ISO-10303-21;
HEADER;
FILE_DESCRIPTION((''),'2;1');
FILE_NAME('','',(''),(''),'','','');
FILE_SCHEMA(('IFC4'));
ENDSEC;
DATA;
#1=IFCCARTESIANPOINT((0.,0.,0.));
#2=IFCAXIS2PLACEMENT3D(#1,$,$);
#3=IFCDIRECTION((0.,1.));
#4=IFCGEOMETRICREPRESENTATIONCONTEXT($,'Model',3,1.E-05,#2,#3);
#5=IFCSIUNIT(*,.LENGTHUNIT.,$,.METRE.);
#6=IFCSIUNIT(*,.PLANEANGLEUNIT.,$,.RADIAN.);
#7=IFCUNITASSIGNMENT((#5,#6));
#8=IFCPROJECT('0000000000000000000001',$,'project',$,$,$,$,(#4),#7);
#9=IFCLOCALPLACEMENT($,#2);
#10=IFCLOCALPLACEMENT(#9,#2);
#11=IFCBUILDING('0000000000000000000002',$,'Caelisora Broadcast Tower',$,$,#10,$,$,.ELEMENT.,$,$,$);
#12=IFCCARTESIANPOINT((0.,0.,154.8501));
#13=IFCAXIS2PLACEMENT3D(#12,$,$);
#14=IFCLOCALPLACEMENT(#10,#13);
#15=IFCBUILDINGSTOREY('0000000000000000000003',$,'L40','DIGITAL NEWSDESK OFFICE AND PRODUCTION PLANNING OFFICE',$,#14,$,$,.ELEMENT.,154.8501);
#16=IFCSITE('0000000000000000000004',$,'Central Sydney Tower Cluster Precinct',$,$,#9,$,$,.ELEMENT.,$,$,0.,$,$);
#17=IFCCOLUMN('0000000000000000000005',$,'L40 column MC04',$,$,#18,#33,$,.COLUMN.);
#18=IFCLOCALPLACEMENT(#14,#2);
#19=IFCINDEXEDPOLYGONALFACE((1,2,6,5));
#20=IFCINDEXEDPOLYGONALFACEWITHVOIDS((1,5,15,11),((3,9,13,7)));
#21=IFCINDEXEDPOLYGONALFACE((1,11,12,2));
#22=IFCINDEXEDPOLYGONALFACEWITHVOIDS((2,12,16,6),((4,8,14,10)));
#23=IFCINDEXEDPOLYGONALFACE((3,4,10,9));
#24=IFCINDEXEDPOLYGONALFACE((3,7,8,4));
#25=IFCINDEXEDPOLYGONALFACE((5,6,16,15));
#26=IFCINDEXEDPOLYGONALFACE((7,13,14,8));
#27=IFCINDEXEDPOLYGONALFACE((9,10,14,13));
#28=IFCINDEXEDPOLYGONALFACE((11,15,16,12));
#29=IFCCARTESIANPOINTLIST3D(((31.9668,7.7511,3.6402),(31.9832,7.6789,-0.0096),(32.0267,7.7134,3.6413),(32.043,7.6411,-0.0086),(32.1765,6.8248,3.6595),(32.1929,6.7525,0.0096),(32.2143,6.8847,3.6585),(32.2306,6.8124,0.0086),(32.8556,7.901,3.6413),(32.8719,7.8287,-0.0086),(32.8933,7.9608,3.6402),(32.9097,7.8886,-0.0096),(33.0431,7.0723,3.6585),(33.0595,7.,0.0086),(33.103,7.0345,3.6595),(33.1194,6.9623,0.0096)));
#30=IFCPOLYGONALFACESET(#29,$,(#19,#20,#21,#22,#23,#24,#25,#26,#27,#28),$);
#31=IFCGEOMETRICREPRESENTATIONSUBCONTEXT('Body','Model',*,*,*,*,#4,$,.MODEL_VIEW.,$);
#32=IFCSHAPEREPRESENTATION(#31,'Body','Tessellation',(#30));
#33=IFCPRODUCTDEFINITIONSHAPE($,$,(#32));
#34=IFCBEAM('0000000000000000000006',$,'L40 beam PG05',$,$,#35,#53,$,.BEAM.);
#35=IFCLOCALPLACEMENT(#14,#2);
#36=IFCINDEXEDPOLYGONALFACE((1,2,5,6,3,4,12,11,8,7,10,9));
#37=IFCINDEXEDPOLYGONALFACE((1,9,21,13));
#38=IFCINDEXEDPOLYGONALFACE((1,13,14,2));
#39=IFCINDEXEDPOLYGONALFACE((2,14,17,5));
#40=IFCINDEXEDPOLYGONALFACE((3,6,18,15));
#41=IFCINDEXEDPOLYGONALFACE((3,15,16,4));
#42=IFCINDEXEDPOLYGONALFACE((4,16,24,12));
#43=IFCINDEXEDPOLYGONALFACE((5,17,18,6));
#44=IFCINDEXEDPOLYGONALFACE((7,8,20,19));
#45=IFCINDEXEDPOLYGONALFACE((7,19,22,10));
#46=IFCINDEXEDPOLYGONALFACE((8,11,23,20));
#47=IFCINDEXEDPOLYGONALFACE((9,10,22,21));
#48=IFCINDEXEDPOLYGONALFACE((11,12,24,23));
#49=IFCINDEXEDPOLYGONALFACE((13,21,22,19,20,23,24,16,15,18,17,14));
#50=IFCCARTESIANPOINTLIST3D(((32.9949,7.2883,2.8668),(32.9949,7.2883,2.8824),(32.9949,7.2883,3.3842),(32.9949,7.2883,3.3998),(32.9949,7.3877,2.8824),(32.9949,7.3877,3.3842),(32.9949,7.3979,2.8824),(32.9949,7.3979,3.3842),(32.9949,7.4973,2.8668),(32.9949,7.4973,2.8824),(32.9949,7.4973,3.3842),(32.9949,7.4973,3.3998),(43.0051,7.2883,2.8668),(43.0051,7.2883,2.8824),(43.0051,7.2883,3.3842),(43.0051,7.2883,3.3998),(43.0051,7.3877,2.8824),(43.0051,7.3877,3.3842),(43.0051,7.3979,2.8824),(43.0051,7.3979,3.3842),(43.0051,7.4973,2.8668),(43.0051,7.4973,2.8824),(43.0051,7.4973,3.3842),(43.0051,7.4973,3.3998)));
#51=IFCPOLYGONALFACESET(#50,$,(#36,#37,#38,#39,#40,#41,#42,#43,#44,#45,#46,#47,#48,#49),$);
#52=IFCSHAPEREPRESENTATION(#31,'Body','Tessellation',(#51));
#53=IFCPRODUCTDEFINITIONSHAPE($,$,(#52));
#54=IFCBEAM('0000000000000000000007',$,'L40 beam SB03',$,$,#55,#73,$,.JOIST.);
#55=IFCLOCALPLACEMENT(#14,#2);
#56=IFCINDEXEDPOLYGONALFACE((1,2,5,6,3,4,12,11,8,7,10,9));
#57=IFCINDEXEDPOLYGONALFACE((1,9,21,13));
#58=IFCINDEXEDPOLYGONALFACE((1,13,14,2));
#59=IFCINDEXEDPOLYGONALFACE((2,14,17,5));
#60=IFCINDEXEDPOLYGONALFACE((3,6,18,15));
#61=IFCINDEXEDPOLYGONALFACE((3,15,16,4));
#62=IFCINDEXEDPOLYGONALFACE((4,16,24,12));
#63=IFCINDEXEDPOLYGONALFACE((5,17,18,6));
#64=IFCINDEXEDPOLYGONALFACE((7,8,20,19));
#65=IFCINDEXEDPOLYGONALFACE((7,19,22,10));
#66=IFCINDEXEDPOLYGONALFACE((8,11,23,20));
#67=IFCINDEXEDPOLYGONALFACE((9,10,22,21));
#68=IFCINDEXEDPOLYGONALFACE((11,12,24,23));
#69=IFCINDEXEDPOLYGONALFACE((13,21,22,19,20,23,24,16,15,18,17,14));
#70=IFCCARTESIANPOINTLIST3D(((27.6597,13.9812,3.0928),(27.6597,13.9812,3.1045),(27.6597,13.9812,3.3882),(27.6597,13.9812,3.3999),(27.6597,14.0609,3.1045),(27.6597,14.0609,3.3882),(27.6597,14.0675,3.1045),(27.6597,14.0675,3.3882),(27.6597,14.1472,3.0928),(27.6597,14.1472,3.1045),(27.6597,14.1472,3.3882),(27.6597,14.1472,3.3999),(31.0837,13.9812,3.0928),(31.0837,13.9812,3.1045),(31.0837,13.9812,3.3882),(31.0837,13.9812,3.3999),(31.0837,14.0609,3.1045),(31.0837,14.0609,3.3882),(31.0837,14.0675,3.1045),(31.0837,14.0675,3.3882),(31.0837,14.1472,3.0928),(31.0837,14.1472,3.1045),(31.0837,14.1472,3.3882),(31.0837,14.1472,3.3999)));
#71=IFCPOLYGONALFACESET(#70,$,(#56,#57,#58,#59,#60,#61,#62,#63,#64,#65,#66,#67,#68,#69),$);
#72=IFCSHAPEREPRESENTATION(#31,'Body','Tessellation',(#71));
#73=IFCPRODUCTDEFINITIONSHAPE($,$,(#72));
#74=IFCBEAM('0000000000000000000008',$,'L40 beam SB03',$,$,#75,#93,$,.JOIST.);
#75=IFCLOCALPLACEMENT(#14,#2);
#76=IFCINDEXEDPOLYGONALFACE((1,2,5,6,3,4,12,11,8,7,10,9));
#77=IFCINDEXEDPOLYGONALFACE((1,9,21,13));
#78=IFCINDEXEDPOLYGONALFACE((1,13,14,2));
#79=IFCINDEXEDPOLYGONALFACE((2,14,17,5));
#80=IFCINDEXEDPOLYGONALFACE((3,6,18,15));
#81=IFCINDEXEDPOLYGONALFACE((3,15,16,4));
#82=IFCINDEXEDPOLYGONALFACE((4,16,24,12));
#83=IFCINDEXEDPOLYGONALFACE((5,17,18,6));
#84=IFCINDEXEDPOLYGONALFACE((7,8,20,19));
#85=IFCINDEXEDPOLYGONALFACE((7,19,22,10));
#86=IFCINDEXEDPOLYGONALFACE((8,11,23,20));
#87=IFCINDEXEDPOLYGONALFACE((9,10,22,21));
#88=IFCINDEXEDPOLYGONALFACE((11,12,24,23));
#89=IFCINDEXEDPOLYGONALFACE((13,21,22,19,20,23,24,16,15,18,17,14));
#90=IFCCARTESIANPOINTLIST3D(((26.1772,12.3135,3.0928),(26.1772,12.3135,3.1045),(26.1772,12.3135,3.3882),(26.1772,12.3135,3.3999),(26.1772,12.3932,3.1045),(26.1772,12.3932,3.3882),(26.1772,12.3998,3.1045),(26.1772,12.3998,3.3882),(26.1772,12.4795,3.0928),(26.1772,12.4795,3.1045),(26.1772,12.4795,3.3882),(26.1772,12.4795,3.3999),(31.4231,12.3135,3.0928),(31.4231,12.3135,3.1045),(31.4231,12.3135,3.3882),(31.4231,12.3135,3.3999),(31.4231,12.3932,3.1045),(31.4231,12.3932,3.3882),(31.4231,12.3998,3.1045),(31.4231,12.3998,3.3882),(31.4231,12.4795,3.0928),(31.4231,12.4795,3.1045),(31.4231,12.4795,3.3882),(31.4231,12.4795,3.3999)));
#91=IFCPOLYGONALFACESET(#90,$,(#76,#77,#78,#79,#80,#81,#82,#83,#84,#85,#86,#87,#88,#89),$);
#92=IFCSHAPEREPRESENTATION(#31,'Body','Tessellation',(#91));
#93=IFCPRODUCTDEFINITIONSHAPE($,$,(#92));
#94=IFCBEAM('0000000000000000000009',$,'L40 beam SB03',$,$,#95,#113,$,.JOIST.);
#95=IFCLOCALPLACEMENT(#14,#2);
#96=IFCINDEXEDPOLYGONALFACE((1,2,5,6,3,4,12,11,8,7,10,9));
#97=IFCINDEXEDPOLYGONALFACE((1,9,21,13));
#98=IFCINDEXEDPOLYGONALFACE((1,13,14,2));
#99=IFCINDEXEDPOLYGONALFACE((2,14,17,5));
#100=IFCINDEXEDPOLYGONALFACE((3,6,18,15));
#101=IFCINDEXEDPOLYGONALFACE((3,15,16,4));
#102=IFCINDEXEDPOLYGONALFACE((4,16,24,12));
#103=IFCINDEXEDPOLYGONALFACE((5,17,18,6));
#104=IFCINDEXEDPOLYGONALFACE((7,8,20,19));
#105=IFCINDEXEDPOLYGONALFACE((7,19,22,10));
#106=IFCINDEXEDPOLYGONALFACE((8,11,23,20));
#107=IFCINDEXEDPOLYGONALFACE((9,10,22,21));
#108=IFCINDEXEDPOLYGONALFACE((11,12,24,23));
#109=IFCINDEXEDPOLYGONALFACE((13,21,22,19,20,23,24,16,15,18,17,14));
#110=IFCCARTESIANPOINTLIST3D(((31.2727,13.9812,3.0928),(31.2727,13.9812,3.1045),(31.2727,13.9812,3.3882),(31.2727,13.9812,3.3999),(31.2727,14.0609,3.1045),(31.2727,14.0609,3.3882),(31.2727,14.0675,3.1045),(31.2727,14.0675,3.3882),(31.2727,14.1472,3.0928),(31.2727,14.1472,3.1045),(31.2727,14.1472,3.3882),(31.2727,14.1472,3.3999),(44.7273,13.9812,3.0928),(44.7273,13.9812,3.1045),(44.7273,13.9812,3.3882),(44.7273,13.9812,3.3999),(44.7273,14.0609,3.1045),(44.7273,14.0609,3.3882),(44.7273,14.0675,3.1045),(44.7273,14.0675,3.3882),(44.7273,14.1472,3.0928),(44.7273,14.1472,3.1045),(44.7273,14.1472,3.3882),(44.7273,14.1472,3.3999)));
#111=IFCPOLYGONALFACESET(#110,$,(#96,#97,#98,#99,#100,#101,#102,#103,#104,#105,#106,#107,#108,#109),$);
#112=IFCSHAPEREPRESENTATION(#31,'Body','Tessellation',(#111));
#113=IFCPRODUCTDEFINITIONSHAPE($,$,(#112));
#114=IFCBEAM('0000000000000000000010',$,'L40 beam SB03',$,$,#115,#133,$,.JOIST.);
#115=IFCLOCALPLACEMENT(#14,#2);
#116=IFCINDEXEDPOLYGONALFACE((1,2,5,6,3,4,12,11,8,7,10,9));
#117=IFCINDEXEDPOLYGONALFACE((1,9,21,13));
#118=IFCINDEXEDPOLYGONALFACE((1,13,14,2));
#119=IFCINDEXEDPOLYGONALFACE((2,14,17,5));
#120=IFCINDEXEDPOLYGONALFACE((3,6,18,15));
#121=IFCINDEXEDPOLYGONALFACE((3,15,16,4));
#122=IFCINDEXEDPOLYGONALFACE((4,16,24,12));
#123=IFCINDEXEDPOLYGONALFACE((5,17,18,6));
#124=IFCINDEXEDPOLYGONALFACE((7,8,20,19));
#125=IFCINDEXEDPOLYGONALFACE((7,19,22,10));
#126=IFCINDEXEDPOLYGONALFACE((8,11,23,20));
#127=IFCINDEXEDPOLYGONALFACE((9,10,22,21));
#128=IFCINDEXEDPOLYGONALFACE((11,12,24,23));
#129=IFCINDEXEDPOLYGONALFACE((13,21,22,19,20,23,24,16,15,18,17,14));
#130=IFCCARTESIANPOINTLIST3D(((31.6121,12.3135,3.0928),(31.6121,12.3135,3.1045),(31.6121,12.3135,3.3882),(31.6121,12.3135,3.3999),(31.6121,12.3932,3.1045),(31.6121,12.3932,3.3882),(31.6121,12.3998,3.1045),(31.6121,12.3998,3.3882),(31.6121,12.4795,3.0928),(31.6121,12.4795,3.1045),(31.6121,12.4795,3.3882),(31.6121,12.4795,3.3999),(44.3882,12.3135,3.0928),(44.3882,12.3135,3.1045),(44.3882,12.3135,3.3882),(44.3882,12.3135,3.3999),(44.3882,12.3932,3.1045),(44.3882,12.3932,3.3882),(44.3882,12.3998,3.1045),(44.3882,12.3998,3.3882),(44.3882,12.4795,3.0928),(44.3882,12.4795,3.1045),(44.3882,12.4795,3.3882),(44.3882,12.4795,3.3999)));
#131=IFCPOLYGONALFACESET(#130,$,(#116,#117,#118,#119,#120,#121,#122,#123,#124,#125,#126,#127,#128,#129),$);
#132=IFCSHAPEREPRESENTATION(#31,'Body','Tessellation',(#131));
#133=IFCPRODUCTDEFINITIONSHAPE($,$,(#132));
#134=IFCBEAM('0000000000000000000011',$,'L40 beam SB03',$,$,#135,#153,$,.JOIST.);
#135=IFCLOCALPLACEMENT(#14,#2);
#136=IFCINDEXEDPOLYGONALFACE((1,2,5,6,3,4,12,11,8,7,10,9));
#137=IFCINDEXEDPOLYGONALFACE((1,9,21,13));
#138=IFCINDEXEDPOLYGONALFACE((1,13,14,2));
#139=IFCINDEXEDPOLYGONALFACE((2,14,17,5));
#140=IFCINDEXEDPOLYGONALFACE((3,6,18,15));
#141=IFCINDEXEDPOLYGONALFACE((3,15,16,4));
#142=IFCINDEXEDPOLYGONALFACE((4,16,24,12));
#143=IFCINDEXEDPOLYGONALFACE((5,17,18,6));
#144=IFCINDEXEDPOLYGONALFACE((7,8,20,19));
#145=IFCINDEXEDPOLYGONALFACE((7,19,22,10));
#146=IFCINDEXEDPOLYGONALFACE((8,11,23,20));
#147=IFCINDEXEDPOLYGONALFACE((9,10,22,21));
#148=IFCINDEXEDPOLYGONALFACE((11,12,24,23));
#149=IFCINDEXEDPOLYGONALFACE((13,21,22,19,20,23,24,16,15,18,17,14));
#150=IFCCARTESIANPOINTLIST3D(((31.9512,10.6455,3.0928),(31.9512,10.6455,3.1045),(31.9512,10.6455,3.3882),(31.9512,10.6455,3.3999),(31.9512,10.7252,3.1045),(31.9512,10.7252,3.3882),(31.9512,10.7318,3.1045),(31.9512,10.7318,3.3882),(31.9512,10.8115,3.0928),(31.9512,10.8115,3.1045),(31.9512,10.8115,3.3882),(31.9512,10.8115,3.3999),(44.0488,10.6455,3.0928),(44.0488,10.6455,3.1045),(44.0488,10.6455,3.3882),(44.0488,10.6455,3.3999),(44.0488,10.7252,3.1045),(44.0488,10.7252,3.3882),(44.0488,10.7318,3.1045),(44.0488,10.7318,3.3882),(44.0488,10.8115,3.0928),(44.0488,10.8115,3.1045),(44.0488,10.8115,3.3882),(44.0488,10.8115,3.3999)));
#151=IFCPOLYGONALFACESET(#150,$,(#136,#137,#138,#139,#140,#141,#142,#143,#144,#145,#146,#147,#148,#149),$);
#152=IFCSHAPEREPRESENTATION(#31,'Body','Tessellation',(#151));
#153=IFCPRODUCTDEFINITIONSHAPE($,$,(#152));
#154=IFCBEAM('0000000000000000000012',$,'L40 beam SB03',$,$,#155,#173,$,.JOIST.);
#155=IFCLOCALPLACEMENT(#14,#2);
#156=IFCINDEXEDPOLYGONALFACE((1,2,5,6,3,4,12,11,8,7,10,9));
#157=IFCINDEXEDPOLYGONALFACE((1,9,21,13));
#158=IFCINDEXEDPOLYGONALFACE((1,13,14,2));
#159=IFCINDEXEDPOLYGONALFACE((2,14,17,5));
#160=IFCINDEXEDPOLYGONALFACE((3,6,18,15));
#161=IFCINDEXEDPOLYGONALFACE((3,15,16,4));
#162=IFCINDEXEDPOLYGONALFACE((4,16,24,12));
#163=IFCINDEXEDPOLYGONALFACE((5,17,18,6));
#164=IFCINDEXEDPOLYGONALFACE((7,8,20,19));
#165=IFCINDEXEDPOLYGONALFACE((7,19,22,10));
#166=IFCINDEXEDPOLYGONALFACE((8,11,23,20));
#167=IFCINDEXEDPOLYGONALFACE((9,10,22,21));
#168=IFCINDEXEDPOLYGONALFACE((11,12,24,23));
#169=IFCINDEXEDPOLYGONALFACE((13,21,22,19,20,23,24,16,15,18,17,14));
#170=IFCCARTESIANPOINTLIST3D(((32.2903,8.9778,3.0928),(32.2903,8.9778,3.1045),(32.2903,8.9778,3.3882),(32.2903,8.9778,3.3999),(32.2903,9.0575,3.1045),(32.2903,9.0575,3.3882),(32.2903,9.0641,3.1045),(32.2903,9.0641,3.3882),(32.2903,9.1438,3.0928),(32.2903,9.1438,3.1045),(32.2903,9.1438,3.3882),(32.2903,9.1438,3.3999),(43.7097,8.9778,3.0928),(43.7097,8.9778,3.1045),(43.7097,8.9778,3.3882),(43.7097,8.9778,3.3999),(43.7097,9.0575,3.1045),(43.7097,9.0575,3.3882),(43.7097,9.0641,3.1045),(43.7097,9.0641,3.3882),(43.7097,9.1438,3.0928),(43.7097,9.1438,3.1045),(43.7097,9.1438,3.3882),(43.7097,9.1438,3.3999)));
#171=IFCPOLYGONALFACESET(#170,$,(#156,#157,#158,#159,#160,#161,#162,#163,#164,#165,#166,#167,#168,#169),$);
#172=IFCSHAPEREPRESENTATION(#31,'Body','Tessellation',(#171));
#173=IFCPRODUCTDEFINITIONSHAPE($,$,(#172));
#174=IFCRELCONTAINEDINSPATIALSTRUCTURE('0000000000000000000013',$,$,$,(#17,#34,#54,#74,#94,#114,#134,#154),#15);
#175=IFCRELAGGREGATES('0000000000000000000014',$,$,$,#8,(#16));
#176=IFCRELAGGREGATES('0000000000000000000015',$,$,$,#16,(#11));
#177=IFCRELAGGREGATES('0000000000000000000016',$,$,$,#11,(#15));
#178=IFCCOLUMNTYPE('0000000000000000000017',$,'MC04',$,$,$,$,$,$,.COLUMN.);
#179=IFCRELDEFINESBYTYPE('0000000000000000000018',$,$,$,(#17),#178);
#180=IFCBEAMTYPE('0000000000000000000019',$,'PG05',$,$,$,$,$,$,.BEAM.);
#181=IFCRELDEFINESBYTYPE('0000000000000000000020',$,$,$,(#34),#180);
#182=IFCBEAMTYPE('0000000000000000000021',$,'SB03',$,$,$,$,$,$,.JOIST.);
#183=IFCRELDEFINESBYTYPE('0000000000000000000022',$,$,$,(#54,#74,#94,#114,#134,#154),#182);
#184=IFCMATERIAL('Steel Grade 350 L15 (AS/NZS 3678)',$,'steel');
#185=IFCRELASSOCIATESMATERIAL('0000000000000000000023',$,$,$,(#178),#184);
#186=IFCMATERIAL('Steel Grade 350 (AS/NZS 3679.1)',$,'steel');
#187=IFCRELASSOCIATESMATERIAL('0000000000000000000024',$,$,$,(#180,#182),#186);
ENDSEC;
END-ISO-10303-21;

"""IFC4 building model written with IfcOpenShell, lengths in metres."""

from ifc_helpers import new_model, si_unit, direction, frame, origin, origin_2d, place, context, subcontext, project, spatial, hollow_rectangle, i_section, extrude, source, transform, mapped, material, material_profile, profile_set, type_object, type_shapes, element, save


model = new_model("IFC4")

# Units and contexts
model_context = context("Model", 3, precision=1e-05, world=origin(), true_north=direction((0.0, 1.0)))
body_context = subcontext(model_context, "Body", "Model", "MODEL_VIEW")
ifc_project = project(units=[si_unit("LENGTHUNIT", "METRE"), si_unit("PLANEANGLEUNIT", "RADIAN")], contexts=[model_context])

# Site, building, storey
site_placement = place(None, origin())
site = spatial("IfcSite", under=ifc_project, at=site_placement, Name="Central Sydney Tower Cluster Precinct", CompositionType="ELEMENT", RefElevation=0.0)
building_placement = place(site_placement, origin())
building = spatial("IfcBuilding", under=site, at=building_placement, Name="Caelisora Broadcast Tower", CompositionType="ELEMENT")
storey_placement = place(building_placement, frame((0.0, 0.0, 154.8501)))
storey = spatial("IfcBuildingStorey", under=building, at=storey_placement, Name="L40", Description="DIGITAL NEWSDESK OFFICE AND PRODUCTION PLANNING OFFICE", CompositionType="ELEMENT", Elevation=154.8501)

# Column
ifc_material_1 = material(Name="Steel Grade 350 L15 (AS/NZS 3678)", Category="steel")
ifc_material_profile_1 = material_profile(ifc_material_1, hollow_rectangle(XDim=0.95, YDim=0.95, WallThickness=0.05, at=origin_2d()), Name="Steel Grade 350 L15 (AS/NZS 3678)")
ifc_profile_set_1 = profile_set([ifc_material_profile_1], Name="Steel Grade 350 L15 (AS/NZS 3678)")
column_type = type_object("IfcColumnType", Name="MC04", PredefinedType="COLUMN", material=ifc_profile_set_1)
shared_shape_1 = source(origin(), body_context, "Body", "SweptSolid", [
    extrude(hollow_rectangle(XDim=0.95, YDim=0.95, WallThickness=0.05, at=origin_2d()), origin(), (0.0, 0.0, 1.0), 3.6506),
])
type_shapes(column_type, [shared_shape_1])
column_placement = place(storey_placement, frame((32.5513, 7.3206, 0.0), z_axis=(-0.004481, 0.019795, 0.999794), x_axis=(-0.975327, -0.220767, 0.0)))
element("IfcColumn", 1, at=column_placement, inside=storey, type_object=column_type, Name="L40 column MC04", PredefinedType="COLUMN", context=body_context, shape_type="MappedRepresentation", body=[
    mapped(shared_shape_1, transform((0.0, 0.0, 0.0), scale=1.0)),
])

# Beams
ifc_material_2 = material(Name="Steel Grade 350 (AS/NZS 3679.1)", Category="steel")
ifc_material_profile_2 = material_profile(ifc_material_2, i_section(OverallWidth=0.209, OverallDepth=0.533, WebThickness=0.0103, FlangeThickness=0.0156, at=origin_2d()), Name="Steel Grade 350 (AS/NZS 3679.1)")
ifc_profile_set_2 = profile_set([ifc_material_profile_2], Name="Steel Grade 350 (AS/NZS 3679.1)")
beam_type_1 = type_object("IfcBeamType", Name="PG05", PredefinedType="BEAM", material=ifc_profile_set_2)
shared_shape_2 = source(origin(), body_context, "Body", "SweptSolid", [
    extrude(i_section(OverallWidth=0.209, OverallDepth=0.533, WebThickness=0.0103, FlangeThickness=0.0156, at=origin_2d()), origin(), (0.0, 0.0, 1.0), 10.0103),
])
type_shapes(beam_type_1, [shared_shape_2])
beam_1_placement = place(storey_placement, frame((32.9949, 7.3928, 3.1333), z_axis=(1.0, 0.0, 0.0), x_axis=(0.0, 1.0, 0.0)))
element("IfcBeam", 2, at=beam_1_placement, inside=storey, type_object=beam_type_1, Name="L40 beam PG05", PredefinedType="BEAM", context=body_context, shape_type="MappedRepresentation", body=[
    mapped(shared_shape_2, transform((0.0, 0.0, 0.0), scale=1.0)),
])
ifc_material_profile_3 = material_profile(ifc_material_2, i_section(OverallWidth=0.166, OverallDepth=0.3071, WebThickness=0.0066, FlangeThickness=0.0117, at=origin_2d()), Name="Steel Grade 350 (AS/NZS 3679.1)")
ifc_profile_set_3 = profile_set([ifc_material_profile_3], Name="Steel Grade 350 (AS/NZS 3679.1)")
beam_type_2 = type_object("IfcBeamType", Name="SB03", PredefinedType="JOIST", material=ifc_profile_set_3)
shared_shape_3 = source(origin(), body_context, "Body", "SweptSolid", [
    extrude(i_section(OverallWidth=0.166, OverallDepth=0.3071, WebThickness=0.0066, FlangeThickness=0.0117, at=origin_2d()), origin(), (0.0, 0.0, 1.0), 3.4241),
])
beam_2_placement = place(storey_placement, frame((27.6597, 14.0642, 3.2463), z_axis=(1.0, 0.0, 0.0), x_axis=(0.0, 1.0, 0.0)))
element("IfcBeam", 3, at=beam_2_placement, inside=storey, type_object=beam_type_2, Name="L40 beam SB03", PredefinedType="JOIST", context=body_context, shape_type="MappedRepresentation", body=[
    mapped(shared_shape_3, transform((0.0, 0.0, 0.0), scale=1.0)),
])
shared_shape_4 = source(origin(), body_context, "Body", "SweptSolid", [
    extrude(i_section(OverallWidth=0.166, OverallDepth=0.3071, WebThickness=0.0066, FlangeThickness=0.0117, at=origin_2d()), origin(), (0.0, 0.0, 1.0), 5.2458),
])
beam_3_placement = place(storey_placement, frame((26.1772, 12.3965, 3.2463), z_axis=(1.0, 0.0, 0.0), x_axis=(0.0, 1.0, 0.0)))
element("IfcBeam", 4, at=beam_3_placement, inside=storey, type_object=beam_type_2, Name="L40 beam SB03", PredefinedType="JOIST", context=body_context, shape_type="MappedRepresentation", body=[
    mapped(shared_shape_4, transform((0.0, 0.0, 0.0), scale=1.0)),
])
shared_shape_5 = source(origin(), body_context, "Body", "SweptSolid", [
    extrude(i_section(OverallWidth=0.166, OverallDepth=0.3071, WebThickness=0.0066, FlangeThickness=0.0117, at=origin_2d()), origin(), (0.0, 0.0, 1.0), 13.4546),
])
beam_4_placement = place(storey_placement, frame((31.2727, 14.0642, 3.2463), z_axis=(1.0, 0.0, 0.0), x_axis=(0.0, 1.0, 0.0)))
element("IfcBeam", 5, at=beam_4_placement, inside=storey, type_object=beam_type_2, Name="L40 beam SB03", PredefinedType="JOIST", context=body_context, shape_type="MappedRepresentation", body=[
    mapped(shared_shape_5, transform((0.0, 0.0, 0.0), scale=1.0)),
])
shared_shape_6 = source(origin(), body_context, "Body", "SweptSolid", [
    extrude(i_section(OverallWidth=0.166, OverallDepth=0.3071, WebThickness=0.0066, FlangeThickness=0.0117, at=origin_2d()), origin(), (0.0, 0.0, 1.0), 12.7761),
])
beam_5_placement = place(storey_placement, frame((31.6121, 12.3965, 3.2463), z_axis=(1.0, 0.0, 0.0), x_axis=(0.0, 1.0, 0.0)))
element("IfcBeam", 6, at=beam_5_placement, inside=storey, type_object=beam_type_2, Name="L40 beam SB03", PredefinedType="JOIST", context=body_context, shape_type="MappedRepresentation", body=[
    mapped(shared_shape_6, transform((0.0, 0.0, 0.0), scale=1.0)),
])
shared_shape_7 = source(origin(), body_context, "Body", "SweptSolid", [
    extrude(i_section(OverallWidth=0.166, OverallDepth=0.3071, WebThickness=0.0066, FlangeThickness=0.0117, at=origin_2d()), origin(), (0.0, 0.0, 1.0), 12.0977),
])
beam_6_placement = place(storey_placement, frame((31.9512, 10.7285, 3.2463), z_axis=(1.0, 0.0, 0.0), x_axis=(0.0, 1.0, 0.0)))
element("IfcBeam", 7, at=beam_6_placement, inside=storey, type_object=beam_type_2, Name="L40 beam SB03", PredefinedType="JOIST", context=body_context, shape_type="MappedRepresentation", body=[
    mapped(shared_shape_7, transform((0.0, 0.0, 0.0), scale=1.0)),
])
shared_shape_8 = source(origin(), body_context, "Body", "SweptSolid", [
    extrude(i_section(OverallWidth=0.166, OverallDepth=0.3071, WebThickness=0.0066, FlangeThickness=0.0117, at=origin_2d()), origin(), (0.0, 0.0, 1.0), 11.4194),
])
type_shapes(beam_type_2, [shared_shape_3, shared_shape_4, shared_shape_5, shared_shape_6, shared_shape_7, shared_shape_8])
beam_7_placement = place(storey_placement, frame((32.2903, 9.0608, 3.2463), z_axis=(1.0, 0.0, 0.0), x_axis=(0.0, 1.0, 0.0)))
element("IfcBeam", 8, at=beam_7_placement, inside=storey, type_object=beam_type_2, Name="L40 beam SB03", PredefinedType="JOIST", context=body_context, shape_type="MappedRepresentation", body=[
    mapped(shared_shape_8, transform((0.0, 0.0, 0.0), scale=1.0)),
])

save(model, "model.ifc")
